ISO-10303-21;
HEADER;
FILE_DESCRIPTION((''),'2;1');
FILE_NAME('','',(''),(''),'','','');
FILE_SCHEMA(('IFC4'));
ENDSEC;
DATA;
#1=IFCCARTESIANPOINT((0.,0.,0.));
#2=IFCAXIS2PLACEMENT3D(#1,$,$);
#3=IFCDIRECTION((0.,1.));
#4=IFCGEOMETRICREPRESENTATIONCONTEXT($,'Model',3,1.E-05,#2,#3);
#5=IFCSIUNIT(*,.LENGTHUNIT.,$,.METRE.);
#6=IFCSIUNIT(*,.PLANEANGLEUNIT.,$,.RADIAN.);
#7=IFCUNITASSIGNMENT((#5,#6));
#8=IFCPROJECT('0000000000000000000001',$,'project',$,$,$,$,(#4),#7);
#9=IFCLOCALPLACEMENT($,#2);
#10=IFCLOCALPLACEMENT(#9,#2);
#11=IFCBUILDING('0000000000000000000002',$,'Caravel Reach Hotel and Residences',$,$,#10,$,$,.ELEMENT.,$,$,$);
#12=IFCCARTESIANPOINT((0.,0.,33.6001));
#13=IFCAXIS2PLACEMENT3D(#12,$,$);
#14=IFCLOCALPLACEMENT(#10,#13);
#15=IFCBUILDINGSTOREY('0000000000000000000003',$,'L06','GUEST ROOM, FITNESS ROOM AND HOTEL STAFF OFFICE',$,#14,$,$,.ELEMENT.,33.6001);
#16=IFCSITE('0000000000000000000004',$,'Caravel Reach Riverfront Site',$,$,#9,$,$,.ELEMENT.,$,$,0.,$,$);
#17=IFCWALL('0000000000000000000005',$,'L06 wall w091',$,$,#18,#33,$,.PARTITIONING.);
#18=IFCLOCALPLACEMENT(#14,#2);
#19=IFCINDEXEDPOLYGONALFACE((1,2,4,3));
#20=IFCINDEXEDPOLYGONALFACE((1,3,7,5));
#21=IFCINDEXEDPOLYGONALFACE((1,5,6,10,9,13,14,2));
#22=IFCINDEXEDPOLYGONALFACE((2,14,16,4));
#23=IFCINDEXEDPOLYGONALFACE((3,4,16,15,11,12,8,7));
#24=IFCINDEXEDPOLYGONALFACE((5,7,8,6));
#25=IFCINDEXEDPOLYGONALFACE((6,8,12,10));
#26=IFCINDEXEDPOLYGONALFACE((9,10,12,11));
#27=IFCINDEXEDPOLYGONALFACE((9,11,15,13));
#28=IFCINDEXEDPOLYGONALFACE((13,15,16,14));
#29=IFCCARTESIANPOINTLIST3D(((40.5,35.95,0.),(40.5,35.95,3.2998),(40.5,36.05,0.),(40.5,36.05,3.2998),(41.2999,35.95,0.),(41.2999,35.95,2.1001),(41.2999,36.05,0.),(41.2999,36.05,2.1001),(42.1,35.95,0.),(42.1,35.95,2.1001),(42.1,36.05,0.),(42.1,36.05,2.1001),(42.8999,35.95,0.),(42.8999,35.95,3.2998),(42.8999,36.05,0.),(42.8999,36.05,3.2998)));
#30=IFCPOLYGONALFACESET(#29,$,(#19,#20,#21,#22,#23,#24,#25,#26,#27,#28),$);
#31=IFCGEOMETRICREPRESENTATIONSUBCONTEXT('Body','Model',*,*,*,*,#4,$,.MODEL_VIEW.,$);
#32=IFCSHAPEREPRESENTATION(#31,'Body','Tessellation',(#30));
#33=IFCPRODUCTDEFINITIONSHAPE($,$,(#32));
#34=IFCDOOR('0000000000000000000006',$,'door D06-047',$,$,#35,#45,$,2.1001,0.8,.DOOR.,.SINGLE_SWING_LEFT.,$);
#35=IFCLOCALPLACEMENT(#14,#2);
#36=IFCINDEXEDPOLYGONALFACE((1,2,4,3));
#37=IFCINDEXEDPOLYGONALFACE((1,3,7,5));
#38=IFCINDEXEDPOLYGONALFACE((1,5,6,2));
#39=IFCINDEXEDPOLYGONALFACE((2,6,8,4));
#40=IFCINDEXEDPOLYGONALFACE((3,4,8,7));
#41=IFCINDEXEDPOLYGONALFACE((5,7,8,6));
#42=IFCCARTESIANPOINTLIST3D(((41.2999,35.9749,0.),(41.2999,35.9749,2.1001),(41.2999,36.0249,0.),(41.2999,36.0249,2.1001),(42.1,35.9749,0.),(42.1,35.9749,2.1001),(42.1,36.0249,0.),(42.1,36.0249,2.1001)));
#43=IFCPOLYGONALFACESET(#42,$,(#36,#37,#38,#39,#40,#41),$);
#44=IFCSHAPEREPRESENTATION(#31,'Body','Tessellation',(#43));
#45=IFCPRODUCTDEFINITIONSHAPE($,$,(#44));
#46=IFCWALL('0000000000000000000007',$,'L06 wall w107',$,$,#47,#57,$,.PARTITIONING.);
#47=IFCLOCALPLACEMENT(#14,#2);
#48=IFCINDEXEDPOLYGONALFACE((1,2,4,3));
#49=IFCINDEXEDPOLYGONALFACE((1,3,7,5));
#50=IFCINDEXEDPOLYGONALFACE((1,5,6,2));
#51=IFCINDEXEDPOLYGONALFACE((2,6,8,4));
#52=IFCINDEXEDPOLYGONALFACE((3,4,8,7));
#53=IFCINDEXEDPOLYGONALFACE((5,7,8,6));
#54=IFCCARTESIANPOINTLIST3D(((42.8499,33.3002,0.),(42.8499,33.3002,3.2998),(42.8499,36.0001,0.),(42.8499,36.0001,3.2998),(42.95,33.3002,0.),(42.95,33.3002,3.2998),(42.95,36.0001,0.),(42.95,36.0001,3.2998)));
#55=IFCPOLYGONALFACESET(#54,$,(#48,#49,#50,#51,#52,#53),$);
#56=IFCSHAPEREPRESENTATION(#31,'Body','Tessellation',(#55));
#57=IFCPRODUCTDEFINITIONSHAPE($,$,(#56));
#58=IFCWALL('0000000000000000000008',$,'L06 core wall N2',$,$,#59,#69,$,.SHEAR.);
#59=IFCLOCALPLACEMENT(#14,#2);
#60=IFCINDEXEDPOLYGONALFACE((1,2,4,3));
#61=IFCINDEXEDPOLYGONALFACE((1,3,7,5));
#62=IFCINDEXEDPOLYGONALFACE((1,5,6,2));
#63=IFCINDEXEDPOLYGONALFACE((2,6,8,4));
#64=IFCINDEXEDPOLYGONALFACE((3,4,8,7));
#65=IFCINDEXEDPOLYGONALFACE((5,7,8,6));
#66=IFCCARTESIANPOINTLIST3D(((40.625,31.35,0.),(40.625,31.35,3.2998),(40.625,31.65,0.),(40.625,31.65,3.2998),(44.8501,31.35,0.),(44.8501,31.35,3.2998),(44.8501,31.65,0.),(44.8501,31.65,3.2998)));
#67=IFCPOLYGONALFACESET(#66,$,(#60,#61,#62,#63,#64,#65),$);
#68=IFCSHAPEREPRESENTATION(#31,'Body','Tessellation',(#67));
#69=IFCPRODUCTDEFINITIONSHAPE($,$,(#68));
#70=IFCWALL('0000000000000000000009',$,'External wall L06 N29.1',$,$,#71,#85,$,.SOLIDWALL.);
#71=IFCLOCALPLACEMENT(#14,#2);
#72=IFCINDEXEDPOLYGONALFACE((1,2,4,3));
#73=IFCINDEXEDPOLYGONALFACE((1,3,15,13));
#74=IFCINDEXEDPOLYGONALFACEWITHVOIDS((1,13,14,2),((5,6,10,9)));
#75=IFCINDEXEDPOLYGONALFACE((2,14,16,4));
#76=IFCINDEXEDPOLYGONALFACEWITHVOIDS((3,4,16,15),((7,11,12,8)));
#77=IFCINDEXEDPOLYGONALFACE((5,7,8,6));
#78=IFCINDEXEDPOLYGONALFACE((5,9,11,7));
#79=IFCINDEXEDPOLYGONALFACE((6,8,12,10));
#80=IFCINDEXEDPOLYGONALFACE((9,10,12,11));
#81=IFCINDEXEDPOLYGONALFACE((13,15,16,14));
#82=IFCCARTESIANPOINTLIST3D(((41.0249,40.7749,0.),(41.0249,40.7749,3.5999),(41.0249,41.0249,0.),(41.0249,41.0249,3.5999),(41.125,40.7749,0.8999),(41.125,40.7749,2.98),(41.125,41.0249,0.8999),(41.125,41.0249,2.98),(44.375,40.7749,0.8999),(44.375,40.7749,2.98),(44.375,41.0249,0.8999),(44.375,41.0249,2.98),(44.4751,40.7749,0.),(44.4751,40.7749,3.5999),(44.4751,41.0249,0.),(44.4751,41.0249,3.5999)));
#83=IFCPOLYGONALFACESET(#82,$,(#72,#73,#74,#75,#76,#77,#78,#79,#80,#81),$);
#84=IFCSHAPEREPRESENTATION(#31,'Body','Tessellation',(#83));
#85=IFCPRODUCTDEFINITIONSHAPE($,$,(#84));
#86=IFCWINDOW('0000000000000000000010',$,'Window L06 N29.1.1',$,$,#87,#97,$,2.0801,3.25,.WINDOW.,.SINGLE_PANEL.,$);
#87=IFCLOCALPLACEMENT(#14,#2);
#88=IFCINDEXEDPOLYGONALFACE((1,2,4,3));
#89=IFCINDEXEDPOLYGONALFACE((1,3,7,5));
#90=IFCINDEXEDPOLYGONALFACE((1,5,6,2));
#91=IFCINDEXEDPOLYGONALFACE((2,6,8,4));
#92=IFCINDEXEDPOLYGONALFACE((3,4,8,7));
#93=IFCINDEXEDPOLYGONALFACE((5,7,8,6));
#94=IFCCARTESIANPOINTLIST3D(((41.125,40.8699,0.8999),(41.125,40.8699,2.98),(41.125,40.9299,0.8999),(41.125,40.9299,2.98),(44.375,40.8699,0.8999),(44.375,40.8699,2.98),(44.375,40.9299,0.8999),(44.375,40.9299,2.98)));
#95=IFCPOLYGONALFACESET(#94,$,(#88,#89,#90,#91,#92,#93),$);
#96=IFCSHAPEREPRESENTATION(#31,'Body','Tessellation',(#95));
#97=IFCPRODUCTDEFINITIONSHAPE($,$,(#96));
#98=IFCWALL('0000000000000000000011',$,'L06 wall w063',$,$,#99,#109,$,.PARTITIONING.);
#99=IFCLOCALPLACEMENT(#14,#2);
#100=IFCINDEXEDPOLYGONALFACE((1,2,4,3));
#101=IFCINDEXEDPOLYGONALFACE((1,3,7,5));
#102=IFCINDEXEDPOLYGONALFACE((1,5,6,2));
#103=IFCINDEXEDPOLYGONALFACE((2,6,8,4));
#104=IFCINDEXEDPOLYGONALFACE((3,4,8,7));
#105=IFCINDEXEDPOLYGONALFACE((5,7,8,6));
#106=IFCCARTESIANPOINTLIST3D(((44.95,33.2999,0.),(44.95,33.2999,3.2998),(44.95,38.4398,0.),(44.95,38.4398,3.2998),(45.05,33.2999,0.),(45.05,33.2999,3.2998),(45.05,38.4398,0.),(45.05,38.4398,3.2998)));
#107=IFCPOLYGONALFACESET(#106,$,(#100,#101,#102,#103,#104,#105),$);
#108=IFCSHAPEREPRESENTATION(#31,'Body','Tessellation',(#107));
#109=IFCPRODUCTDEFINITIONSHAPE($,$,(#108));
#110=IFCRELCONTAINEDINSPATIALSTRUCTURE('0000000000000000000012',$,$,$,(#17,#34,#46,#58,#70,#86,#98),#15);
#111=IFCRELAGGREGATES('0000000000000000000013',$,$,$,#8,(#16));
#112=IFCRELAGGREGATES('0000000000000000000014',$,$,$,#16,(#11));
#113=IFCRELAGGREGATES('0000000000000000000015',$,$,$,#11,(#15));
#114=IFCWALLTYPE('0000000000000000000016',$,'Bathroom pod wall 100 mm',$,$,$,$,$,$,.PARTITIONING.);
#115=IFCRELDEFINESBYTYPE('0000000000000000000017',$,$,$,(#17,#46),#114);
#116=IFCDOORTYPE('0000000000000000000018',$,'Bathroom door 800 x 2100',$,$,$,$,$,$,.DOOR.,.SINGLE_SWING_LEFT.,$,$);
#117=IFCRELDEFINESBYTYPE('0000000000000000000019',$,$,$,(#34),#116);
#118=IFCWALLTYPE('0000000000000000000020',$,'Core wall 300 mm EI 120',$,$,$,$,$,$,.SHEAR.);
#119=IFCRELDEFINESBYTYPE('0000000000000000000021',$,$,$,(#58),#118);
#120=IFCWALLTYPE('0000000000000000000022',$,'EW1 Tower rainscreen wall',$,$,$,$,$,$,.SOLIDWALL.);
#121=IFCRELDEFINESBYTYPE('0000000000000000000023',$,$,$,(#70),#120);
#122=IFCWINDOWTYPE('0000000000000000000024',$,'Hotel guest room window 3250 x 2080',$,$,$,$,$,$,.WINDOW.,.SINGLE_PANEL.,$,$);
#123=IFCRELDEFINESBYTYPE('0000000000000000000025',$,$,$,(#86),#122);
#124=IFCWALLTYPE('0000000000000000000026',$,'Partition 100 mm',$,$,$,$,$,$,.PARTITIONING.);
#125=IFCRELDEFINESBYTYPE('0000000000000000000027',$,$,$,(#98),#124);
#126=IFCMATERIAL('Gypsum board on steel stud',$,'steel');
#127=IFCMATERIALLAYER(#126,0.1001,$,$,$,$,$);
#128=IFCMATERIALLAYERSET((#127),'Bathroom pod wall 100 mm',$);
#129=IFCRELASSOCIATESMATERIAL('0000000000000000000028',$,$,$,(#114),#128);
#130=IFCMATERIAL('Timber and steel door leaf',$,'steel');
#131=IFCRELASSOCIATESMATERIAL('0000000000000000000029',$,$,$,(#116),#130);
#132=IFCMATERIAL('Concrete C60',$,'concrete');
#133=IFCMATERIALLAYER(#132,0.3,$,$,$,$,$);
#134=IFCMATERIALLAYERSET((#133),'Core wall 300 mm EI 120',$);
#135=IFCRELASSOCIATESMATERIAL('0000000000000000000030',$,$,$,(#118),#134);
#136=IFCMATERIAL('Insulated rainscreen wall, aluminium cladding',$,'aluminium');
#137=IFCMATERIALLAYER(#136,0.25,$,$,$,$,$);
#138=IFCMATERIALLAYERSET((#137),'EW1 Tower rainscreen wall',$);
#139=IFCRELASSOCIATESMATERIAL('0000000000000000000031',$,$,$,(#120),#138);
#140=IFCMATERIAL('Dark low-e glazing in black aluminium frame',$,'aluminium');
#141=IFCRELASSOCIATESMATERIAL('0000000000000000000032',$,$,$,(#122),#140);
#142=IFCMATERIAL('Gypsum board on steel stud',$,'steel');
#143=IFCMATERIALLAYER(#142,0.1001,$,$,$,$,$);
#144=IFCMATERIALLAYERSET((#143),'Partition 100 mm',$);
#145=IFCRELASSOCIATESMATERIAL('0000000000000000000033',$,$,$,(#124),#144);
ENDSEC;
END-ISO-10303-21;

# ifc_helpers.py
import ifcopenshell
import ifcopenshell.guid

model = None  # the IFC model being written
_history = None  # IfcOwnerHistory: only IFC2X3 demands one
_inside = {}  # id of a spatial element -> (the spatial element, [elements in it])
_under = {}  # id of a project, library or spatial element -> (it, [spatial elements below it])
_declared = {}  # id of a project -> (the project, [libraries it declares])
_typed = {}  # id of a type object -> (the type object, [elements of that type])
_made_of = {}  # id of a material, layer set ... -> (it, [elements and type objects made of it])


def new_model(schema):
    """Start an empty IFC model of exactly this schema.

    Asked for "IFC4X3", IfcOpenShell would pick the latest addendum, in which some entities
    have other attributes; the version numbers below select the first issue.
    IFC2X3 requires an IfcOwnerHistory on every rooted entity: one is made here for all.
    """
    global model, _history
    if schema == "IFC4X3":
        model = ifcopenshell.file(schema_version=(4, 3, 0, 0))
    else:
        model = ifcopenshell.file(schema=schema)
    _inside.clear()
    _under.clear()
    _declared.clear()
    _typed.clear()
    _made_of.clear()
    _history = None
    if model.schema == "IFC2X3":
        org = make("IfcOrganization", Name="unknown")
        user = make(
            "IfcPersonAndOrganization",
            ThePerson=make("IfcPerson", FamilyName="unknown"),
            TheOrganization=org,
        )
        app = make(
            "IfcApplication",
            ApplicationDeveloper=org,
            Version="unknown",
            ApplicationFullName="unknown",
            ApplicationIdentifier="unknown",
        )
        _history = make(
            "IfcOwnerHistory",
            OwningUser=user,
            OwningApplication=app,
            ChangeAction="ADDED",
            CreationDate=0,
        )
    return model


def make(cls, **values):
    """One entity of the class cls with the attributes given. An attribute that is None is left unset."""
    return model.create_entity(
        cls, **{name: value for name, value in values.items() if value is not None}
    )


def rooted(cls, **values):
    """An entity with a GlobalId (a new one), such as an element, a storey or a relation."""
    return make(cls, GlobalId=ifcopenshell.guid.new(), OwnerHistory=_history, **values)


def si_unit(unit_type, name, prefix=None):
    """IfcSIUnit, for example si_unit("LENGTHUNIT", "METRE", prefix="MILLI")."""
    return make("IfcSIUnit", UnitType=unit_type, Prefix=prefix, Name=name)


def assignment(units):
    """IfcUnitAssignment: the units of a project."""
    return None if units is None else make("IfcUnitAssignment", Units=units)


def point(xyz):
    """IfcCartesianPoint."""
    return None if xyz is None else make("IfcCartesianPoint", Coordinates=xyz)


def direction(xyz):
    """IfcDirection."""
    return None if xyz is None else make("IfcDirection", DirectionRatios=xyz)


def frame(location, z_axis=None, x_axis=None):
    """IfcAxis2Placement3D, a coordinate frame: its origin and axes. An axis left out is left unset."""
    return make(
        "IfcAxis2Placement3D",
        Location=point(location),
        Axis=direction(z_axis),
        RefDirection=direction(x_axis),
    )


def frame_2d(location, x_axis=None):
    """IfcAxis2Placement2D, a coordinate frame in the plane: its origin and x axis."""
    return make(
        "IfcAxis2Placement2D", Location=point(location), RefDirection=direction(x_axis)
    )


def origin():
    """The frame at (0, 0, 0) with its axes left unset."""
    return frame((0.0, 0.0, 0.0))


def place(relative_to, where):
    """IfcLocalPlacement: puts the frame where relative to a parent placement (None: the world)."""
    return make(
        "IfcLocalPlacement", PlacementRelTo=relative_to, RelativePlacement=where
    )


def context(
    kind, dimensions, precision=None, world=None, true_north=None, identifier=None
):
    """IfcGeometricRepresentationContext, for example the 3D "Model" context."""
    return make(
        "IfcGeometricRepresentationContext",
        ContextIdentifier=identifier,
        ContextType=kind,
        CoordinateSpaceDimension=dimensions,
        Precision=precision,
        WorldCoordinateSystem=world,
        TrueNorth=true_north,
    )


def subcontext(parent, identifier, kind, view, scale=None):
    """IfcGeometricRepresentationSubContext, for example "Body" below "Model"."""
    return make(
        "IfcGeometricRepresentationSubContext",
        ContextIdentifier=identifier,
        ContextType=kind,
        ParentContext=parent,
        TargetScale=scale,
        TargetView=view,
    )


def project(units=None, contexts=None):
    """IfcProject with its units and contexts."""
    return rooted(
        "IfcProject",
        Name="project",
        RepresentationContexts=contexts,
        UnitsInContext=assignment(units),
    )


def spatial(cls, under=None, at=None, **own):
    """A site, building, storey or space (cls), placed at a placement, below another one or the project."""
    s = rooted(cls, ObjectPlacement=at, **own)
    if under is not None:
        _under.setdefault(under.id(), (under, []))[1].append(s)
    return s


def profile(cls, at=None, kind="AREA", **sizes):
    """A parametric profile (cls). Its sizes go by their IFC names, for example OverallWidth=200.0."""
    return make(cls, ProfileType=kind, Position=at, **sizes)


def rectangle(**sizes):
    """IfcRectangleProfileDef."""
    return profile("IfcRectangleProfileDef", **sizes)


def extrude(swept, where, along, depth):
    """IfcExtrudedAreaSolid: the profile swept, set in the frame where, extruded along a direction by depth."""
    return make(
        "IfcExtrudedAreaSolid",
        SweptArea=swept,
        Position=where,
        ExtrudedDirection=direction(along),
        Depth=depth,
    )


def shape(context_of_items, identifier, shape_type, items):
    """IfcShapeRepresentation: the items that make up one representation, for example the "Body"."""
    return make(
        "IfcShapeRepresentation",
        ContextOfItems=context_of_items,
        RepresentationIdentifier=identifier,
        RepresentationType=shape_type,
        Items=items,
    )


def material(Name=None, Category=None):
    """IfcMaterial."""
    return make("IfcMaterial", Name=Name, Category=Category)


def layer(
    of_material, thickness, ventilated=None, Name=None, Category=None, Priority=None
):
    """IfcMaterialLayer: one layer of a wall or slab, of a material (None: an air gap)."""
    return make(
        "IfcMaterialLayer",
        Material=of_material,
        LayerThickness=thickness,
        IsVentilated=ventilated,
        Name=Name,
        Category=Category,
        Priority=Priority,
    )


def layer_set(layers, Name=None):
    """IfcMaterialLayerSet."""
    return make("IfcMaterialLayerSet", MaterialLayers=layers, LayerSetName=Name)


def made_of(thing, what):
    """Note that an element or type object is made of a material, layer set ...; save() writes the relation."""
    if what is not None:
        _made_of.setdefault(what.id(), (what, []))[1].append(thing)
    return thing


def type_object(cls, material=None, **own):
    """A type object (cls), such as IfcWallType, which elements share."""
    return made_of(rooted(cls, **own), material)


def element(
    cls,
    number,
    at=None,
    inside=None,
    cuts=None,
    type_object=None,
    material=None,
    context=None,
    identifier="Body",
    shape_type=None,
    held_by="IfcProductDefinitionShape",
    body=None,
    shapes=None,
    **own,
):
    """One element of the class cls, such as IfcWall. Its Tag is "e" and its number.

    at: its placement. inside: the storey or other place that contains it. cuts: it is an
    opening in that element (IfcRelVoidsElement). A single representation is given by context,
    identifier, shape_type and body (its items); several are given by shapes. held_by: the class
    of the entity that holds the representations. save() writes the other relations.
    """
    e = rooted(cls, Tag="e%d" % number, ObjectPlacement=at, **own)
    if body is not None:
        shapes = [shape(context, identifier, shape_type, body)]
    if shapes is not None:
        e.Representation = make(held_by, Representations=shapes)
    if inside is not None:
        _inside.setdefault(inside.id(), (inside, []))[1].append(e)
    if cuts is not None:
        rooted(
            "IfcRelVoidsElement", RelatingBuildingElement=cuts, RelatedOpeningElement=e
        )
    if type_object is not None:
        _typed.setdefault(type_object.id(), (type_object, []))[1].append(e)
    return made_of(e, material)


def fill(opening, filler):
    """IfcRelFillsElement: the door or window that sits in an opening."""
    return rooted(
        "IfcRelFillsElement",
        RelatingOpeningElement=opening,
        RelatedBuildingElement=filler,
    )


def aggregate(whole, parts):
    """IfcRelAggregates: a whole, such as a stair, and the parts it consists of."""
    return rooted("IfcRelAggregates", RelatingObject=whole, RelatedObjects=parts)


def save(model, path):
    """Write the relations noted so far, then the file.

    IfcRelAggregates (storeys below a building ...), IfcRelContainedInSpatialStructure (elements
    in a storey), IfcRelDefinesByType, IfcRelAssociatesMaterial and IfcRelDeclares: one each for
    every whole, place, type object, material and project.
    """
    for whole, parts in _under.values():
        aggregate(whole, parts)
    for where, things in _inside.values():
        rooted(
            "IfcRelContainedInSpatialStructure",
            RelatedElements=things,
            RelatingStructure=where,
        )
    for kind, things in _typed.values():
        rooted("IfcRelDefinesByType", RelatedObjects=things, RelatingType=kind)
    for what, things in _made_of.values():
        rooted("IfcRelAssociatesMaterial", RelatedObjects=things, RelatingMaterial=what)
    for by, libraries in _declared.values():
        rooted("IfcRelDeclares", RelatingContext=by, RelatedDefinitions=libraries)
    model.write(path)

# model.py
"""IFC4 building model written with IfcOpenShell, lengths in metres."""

from ifc_helpers import new_model, si_unit, direction, frame, frame_2d, origin, place, context, subcontext, project, spatial, rectangle, extrude, material, layer, layer_set, type_object, element, fill, save


model = new_model("IFC4")

# Units and contexts
model_context = context("Model", 3, precision=1e-05, world=origin(), true_north=direction((0.0, 1.0)))
body_context = subcontext(model_context, "Body", "Model", "MODEL_VIEW")
ifc_project = project(units=[si_unit("LENGTHUNIT", "METRE"), si_unit("PLANEANGLEUNIT", "RADIAN")], contexts=[model_context])

# Site, building, storey
site_placement = place(None, origin())
site = spatial("IfcSite", under=ifc_project, at=site_placement, Name="Caravel Reach Riverfront Site", CompositionType="ELEMENT", RefElevation=0.0)
building_placement = place(site_placement, origin())
building = spatial("IfcBuilding", under=site, at=building_placement, Name="Caravel Reach Hotel and Residences", CompositionType="ELEMENT")
storey_placement = place(building_placement, frame((0.0, 0.0, 33.6001)))
storey = spatial("IfcBuildingStorey", under=building, at=storey_placement, Name="L06", Description="GUEST ROOM, FITNESS ROOM AND HOTEL STAFF OFFICE", CompositionType="ELEMENT", Elevation=33.6001)

# Wall, opening, door
ifc_material_1 = material(Name="Gypsum board on steel stud", Category="steel")
ifc_layer_1 = layer(ifc_material_1, 0.1001)
ifc_layer_set_1 = layer_set([ifc_layer_1], Name="Bathroom pod wall 100 mm")
wall_type_1 = type_object("IfcWallType", Name="Bathroom pod wall 100 mm", PredefinedType="PARTITIONING", material=ifc_layer_set_1)
wall_1_placement = place(storey_placement, frame((40.5, 36.0, 0.0), z_axis=(0.0, 0.0, 1.0), x_axis=(1.0, 0.0, 0.0)))
wall_1 = element("IfcWall", 1, at=wall_1_placement, inside=storey, type_object=wall_type_1, Name="L06 wall w091", PredefinedType="PARTITIONING", context=body_context, shape_type="SweptSolid", body=[
    extrude(rectangle(XDim=2.3999, YDim=0.1001, at=frame_2d((1.2, 0.0))), origin(), (0.0, 0.0, 1.0), 3.2998),
])
opening_1_placement = place(wall_1_placement, frame((0.8, 0.0, 0.0)))
opening_1 = element("IfcOpeningElement", 2, at=opening_1_placement, cuts=wall_1, PredefinedType="OPENING", context=body_context, shape_type="SweptSolid", body=[
    extrude(rectangle(XDim=0.8, YDim=2.1001, at=frame_2d((0.3999, 1.05))), frame((0.0, 0.0601, 0.0), z_axis=(0.0, -1.0, 0.0), x_axis=(1.0, 0.0, 0.0)), (0.0, 0.0, 1.0), 0.1201),
])
ifc_material_2 = material(Name="Timber and steel door leaf", Category="steel")
door_type_1 = type_object("IfcDoorType", Name="Bathroom door 800 x 2100", OperationType="SINGLE_SWING_LEFT", PredefinedType="DOOR", material=ifc_material_2)
door_1_placement = place(opening_1_placement, origin())
door_1 = element("IfcDoor", 3, at=door_1_placement, inside=storey, type_object=door_type_1, Name="door D06-047", OperationType="SINGLE_SWING_LEFT", OverallHeight=2.1001, OverallWidth=0.8, PredefinedType="DOOR", context=body_context, shape_type="SweptSolid", body=[
    extrude(rectangle(XDim=0.8, YDim=2.1001, at=frame_2d((0.3999, 1.05))), frame((0.0, 0.0249, 0.0), z_axis=(0.0, -1.0, 0.0), x_axis=(1.0, 0.0, 0.0)), (0.0, 0.0, 1.0), 0.05),
])
fill(opening_1, door_1)

# Walls
wall_2_placement = place(storey_placement, frame((42.8999, 33.3, 0.0), z_axis=(0.0, 0.0, 1.0), x_axis=(0.0, 1.0, 0.0)))
element("IfcWall", 4, at=wall_2_placement, inside=storey, type_object=wall_type_1, Name="L06 wall w107", PredefinedType="PARTITIONING", context=body_context, shape_type="SweptSolid", body=[
    extrude(rectangle(XDim=2.7, YDim=0.1001, at=frame_2d((1.3501, 0.0))), origin(), (0.0, 0.0, 1.0), 3.2998),
])
ifc_material_3 = material(Name="Concrete C60", Category="concrete")
ifc_layer_2 = layer(ifc_material_3, 0.3)
ifc_layer_set_2 = layer_set([ifc_layer_2], Name="Core wall 300 mm EI 120")
wall_type_2 = type_object("IfcWallType", Name="Core wall 300 mm EI 120", PredefinedType="SHEAR", material=ifc_layer_set_2)
wall_3_placement = place(storey_placement, frame((40.625, 31.5, 0.0), z_axis=(0.0, 0.0, 1.0), x_axis=(1.0, 0.0, 0.0)))
element("IfcWall", 5, at=wall_3_placement, inside=storey, type_object=wall_type_2, Name="L06 core wall N2", PredefinedType="SHEAR", context=body_context, shape_type="SweptSolid", body=[
    extrude(rectangle(XDim=4.2251, YDim=0.3, at=frame_2d((2.1125, 0.0))), origin(), (0.0, 0.0, 1.0), 3.2998),
])

# Wall, opening, window
ifc_material_4 = material(Name="Insulated rainscreen wall, aluminium cladding", Category="aluminium")
ifc_layer_3 = layer(ifc_material_4, 0.25)
ifc_layer_set_3 = layer_set([ifc_layer_3], Name="EW1 Tower rainscreen wall")
wall_type_3 = type_object("IfcWallType", Name="EW1 Tower rainscreen wall", PredefinedType="SOLIDWALL", material=ifc_layer_set_3)
wall_4_placement = place(storey_placement, frame((44.4751, 40.8999, 0.0), z_axis=(0.0, 0.0, 1.0), x_axis=(-1.0, 0.0, 0.0)))
wall_4 = element("IfcWall", 6, at=wall_4_placement, inside=storey, type_object=wall_type_3, Name="External wall L06 N29.1", PredefinedType="SOLIDWALL", context=body_context, shape_type="SweptSolid", body=[
    extrude(rectangle(XDim=3.4502, YDim=0.25, at=frame_2d((1.7251, 0.0))), origin(), (0.0, 0.0, 1.0), 3.5999),
])
opening_2_placement = place(wall_4_placement, frame((0.1001, 0.0, 0.8999)))
opening_2 = element("IfcOpeningElement", 7, at=opening_2_placement, cuts=wall_4, PredefinedType="OPENING", context=body_context, shape_type="SweptSolid", body=[
    extrude(rectangle(XDim=3.25, YDim=2.0801, at=frame_2d((1.625, 1.04))), frame((0.0, 0.135, 0.0), z_axis=(0.0, -1.0, 0.0), x_axis=(1.0, 0.0, 0.0)), (0.0, 0.0, 1.0), 0.27),
])
ifc_material_5 = material(Name="Dark low-e glazing in black aluminium frame", Category="aluminium")
window_type = type_object("IfcWindowType", Name="Hotel guest room window 3250 x 2080", PartitioningType="SINGLE_PANEL", PredefinedType="WINDOW", material=ifc_material_5)
window_1_placement = place(opening_2_placement, origin())
window_1 = element("IfcWindow", 8, at=window_1_placement, inside=storey, type_object=window_type, Name="Window L06 N29.1.1", OverallHeight=2.0801, OverallWidth=3.25, PartitioningType="SINGLE_PANEL", PredefinedType="WINDOW", context=body_context, shape_type="SweptSolid", body=[
    extrude(rectangle(XDim=3.25, YDim=2.0801, at=frame_2d((1.625, 1.04))), frame((0.0, 0.03, 0.0), z_axis=(0.0, -1.0, 0.0), x_axis=(1.0, 0.0, 0.0)), (0.0, 0.0, 1.0), 0.0601),
])
fill(opening_2, window_1)

# Wall
ifc_material_6 = material(Name="Gypsum board on steel stud", Category="steel")
ifc_layer_4 = layer(ifc_material_6, 0.1001)
ifc_layer_set_4 = layer_set([ifc_layer_4], Name="Partition 100 mm")
wall_type_4 = type_object("IfcWallType", Name="Partition 100 mm", PredefinedType="PARTITIONING", material=ifc_layer_set_4)
wall_5_placement = place(storey_placement, frame((45.0, 33.3, 0.0), z_axis=(0.0, 0.0, 1.0), x_axis=(0.0, 1.0, 0.0)))
element("IfcWall", 9, at=wall_5_placement, inside=storey, type_object=wall_type_4, Name="L06 wall w063", PredefinedType="PARTITIONING", context=body_context, shape_type="SweptSolid", body=[
    extrude(rectangle(XDim=5.1399, YDim=0.1001, at=frame_2d((2.5698, 0.0))), origin(), (0.0, 0.0, 1.0), 3.2998),
])

save(model, "model.ifc")
